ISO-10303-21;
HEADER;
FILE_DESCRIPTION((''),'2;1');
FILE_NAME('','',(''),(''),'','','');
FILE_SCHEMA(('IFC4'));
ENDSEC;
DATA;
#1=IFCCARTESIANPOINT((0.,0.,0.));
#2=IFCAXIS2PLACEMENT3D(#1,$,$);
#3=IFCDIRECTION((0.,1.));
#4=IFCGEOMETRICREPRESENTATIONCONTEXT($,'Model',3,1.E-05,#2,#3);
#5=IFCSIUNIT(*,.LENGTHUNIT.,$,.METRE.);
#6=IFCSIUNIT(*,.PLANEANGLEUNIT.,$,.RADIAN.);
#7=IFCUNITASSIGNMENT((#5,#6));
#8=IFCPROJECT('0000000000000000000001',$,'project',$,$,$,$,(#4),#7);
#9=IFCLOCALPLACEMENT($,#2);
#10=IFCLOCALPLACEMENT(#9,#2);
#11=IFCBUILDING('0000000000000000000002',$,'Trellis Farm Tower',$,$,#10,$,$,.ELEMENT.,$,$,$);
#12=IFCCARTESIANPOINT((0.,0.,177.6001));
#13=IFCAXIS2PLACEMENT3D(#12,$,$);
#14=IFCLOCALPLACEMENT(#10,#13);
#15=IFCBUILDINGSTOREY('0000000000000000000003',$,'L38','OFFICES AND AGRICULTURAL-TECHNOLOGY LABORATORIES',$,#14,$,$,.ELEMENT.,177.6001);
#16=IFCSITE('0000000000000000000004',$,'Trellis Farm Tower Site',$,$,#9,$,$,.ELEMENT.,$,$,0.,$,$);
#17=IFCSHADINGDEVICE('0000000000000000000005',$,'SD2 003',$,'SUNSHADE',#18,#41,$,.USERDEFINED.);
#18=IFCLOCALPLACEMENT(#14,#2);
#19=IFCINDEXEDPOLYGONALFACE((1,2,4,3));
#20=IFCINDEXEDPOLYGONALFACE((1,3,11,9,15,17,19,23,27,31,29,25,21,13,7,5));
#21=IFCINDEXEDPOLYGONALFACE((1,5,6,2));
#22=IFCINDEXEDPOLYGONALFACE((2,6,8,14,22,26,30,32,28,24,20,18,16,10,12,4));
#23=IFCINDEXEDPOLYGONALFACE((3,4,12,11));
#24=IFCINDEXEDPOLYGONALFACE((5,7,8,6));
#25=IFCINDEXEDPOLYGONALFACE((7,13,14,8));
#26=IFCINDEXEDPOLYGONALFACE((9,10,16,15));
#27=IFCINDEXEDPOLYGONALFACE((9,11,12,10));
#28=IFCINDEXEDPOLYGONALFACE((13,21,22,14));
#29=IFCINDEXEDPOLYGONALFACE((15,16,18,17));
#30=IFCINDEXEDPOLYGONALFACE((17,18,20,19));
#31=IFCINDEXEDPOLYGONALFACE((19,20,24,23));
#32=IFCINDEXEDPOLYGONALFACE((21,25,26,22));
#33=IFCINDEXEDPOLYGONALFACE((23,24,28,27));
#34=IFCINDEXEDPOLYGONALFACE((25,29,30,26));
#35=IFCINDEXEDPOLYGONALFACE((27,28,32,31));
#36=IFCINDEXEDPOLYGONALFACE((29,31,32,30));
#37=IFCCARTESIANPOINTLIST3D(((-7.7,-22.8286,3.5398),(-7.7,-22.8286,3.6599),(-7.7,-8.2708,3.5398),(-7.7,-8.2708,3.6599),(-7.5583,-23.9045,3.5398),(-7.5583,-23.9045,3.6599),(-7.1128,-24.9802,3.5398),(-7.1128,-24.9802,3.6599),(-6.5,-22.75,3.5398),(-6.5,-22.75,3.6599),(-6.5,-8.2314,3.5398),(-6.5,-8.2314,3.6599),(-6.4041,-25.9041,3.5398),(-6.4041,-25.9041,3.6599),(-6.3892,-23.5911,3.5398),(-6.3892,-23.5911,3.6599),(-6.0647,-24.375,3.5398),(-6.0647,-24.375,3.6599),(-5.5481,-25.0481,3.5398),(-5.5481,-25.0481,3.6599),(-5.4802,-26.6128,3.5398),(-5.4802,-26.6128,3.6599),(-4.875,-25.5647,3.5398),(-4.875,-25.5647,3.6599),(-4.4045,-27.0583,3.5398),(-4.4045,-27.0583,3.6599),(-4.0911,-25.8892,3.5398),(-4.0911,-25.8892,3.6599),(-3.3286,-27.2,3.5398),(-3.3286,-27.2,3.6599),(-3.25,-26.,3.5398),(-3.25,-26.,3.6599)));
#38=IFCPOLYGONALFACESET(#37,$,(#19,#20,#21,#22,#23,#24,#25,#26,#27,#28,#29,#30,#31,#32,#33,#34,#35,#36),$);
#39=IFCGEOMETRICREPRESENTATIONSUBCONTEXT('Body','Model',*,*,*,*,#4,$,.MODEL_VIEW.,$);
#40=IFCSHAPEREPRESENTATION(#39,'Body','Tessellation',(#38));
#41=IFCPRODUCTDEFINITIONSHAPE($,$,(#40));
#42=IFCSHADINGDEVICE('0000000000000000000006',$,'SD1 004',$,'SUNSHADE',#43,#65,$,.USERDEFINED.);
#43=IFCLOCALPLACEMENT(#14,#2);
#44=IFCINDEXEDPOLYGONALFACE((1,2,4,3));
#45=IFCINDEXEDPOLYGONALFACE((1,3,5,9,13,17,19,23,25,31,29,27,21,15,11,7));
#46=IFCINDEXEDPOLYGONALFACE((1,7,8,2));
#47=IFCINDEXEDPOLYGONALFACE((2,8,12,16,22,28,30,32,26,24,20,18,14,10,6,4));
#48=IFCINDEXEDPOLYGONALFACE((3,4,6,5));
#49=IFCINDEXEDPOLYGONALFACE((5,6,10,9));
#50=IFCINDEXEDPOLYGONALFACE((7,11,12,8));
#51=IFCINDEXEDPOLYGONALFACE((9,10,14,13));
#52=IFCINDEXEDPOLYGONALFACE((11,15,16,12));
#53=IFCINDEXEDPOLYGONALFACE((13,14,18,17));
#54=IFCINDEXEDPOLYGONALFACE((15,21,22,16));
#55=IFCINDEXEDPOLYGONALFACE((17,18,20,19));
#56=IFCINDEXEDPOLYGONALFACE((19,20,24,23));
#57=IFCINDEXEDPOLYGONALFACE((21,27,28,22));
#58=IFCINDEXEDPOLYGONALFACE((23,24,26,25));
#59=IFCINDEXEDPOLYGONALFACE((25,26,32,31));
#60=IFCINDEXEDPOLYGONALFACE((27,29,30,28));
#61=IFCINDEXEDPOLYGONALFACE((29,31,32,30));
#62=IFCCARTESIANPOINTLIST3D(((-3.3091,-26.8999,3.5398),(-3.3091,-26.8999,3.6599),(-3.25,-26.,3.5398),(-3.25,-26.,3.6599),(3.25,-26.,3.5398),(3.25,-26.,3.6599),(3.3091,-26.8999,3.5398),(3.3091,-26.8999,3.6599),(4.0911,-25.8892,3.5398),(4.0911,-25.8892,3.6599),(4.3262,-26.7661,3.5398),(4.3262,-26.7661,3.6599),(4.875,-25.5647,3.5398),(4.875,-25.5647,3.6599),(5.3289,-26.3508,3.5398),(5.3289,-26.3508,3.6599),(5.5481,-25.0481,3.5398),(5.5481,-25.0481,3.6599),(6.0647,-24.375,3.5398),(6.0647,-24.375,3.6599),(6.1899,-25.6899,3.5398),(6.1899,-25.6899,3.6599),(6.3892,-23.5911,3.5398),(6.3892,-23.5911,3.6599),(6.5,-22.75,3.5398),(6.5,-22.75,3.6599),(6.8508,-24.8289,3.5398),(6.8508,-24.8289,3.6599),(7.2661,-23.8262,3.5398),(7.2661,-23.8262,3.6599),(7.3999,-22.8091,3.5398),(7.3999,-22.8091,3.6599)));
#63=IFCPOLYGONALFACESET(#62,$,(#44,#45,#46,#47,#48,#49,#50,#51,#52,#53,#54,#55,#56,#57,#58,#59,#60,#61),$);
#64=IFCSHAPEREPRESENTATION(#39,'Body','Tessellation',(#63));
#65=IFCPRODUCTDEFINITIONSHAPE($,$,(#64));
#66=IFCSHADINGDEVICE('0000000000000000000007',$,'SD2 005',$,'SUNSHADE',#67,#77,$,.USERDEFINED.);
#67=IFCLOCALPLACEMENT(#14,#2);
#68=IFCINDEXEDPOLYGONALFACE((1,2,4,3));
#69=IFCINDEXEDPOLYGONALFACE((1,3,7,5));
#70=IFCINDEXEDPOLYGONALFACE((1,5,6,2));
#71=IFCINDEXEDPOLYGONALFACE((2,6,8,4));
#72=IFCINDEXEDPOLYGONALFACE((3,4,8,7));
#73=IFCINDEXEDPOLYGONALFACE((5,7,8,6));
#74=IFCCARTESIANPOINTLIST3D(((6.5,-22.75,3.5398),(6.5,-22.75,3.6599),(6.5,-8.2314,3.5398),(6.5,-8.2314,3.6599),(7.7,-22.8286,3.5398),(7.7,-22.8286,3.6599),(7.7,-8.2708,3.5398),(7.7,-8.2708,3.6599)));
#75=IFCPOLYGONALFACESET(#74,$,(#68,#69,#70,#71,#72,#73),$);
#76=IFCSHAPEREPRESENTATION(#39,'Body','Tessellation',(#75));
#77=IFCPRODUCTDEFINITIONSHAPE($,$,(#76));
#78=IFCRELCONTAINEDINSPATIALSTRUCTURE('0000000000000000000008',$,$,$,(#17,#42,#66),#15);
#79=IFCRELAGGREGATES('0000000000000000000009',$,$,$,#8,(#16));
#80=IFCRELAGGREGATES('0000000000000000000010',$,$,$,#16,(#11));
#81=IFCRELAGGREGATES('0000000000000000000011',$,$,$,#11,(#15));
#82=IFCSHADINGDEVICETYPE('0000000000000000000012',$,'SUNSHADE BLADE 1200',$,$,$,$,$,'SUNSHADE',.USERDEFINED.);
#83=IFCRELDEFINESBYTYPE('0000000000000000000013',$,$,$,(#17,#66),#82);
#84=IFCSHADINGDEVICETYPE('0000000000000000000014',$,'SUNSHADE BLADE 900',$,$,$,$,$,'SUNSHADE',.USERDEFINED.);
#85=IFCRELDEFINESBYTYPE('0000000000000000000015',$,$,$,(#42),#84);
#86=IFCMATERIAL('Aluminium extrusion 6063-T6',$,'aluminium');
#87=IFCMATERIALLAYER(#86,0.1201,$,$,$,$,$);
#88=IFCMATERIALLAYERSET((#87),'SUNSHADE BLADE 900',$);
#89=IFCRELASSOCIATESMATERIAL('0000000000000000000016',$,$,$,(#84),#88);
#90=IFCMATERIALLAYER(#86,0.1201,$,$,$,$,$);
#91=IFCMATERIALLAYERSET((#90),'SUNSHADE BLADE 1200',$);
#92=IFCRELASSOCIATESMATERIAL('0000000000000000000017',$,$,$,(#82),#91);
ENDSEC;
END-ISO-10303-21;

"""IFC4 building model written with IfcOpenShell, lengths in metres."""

from ifc_helpers import new_model, si_unit, direction, frame, origin, place, context, subcontext, project, spatial, polyline, outline, extrude, source, transform, mapped, material, layer, layer_set, type_object, element, save


model = new_model("IFC4")

# Units and contexts
model_context = context("Model", 3, precision=1e-05, world=origin(), true_north=direction((0.0, 1.0)))
body_context = subcontext(model_context, "Body", "Model", "MODEL_VIEW")
ifc_project = project(units=[si_unit("LENGTHUNIT", "METRE"), si_unit("PLANEANGLEUNIT", "RADIAN")], contexts=[model_context])

# Site, building, storey
site_placement = place(None, origin())
site = spatial("IfcSite", under=ifc_project, at=site_placement, Name="Trellis Farm Tower Site", CompositionType="ELEMENT", RefElevation=0.0)
building_placement = place(site_placement, origin())
building = spatial("IfcBuilding", under=site, at=building_placement, Name="Trellis Farm Tower", CompositionType="ELEMENT")
storey_placement = place(building_placement, frame((0.0, 0.0, 177.6001)))
storey = spatial("IfcBuildingStorey", under=building, at=storey_placement, Name="L38", Description="OFFICES AND AGRICULTURAL-TECHNOLOGY LABORATORIES", CompositionType="ELEMENT", Elevation=177.6001)

# Shared definitions
ifc_material_1 = material(Name="Aluminium extrusion 6063-T6", Category="aluminium")

# Shading devices
ifc_layer_1 = layer(ifc_material_1, 0.1201)
ifc_layer_set_1 = layer_set([ifc_layer_1], Name="SUNSHADE BLADE 900")
shading_device_type_1 = type_object("IfcShadingDeviceType", Name="SUNSHADE BLADE 900", ElementType="SUNSHADE", PredefinedType="USERDEFINED", material=ifc_layer_set_1)
placement_1 = place(storey_placement, frame((0.0, 0.0, 3.5398)))
ifc_layer_2 = layer(ifc_material_1, 0.1201)
ifc_layer_set_2 = layer_set([ifc_layer_2], Name="SUNSHADE BLADE 1200")
shading_device_type_2 = type_object("IfcShadingDeviceType", Name="SUNSHADE BLADE 1200", ElementType="SUNSHADE", PredefinedType="USERDEFINED", material=ifc_layer_set_2)
shared_shape_1 = source(origin(), body_context, "Body", "SweptSolid", [
    extrude(outline(polyline([(-7.7, -8.2708), (-7.7, -22.8286), (-7.5583, -23.9045), (-7.1128, -24.9802), (-6.4041, -25.9041), (-5.4802, -26.6128), (-4.4045, -27.0583), (-3.3286, -27.2), (-3.25, -26.0), (-4.0911, -25.8892), (-4.875, -25.5647), (-5.5481, -25.0481), (-6.0647, -24.375), (-6.3892, -23.5911), (-6.5, -22.75), (-6.5, -8.2314), (-7.7, -8.2708)])), origin(), (0.0, 0.0, 1.0), 0.1201),
])
element("IfcShadingDevice", 1, at=placement_1, inside=storey, type_object=shading_device_type_2, Name="SD2 003", ObjectType="SUNSHADE", PredefinedType="USERDEFINED", context=body_context, shape_type="MappedRepresentation", body=[
    mapped(shared_shape_1, transform((0.0, 0.0, 0.0))),
])
shared_shape_2 = source(origin(), body_context, "Body", "SweptSolid", [
    extrude(outline(polyline([(-3.3091, -26.8999), (3.3091, -26.8999), (4.3262, -26.7661), (5.3289, -26.3508), (6.1899, -25.6899), (6.8508, -24.8289), (7.2661, -23.8262), (7.3999, -22.8091), (6.5, -22.75), (6.3892, -23.5911), (6.0647, -24.375), (5.5481, -25.0481), (4.875, -25.5647), (4.0911, -25.8892), (3.25, -26.0), (-3.25, -26.0), (-3.3091, -26.8999)])), origin(), (0.0, 0.0, 1.0), 0.1201),
])
element("IfcShadingDevice", 2, at=placement_1, inside=storey, type_object=shading_device_type_1, Name="SD1 004", ObjectType="SUNSHADE", PredefinedType="USERDEFINED", context=body_context, shape_type="MappedRepresentation", body=[
    mapped(shared_shape_2, transform((0.0, 0.0, 0.0))),
])
shared_shape_3 = source(origin(), body_context, "Body", "SweptSolid", [
    extrude(outline(polyline([(7.7, -22.8286), (7.7, -8.2708), (6.5, -8.2314), (6.5, -22.75), (7.7, -22.8286)])), origin(), (0.0, 0.0, 1.0), 0.1201),
])
element("IfcShadingDevice", 3, at=placement_1, inside=storey, type_object=shading_device_type_2, Name="SD2 005", ObjectType="SUNSHADE", PredefinedType="USERDEFINED", context=body_context, shape_type="MappedRepresentation", body=[
    mapped(shared_shape_3, transform((0.0, 0.0, 0.0))),
])

save(model, "model.ifc")
